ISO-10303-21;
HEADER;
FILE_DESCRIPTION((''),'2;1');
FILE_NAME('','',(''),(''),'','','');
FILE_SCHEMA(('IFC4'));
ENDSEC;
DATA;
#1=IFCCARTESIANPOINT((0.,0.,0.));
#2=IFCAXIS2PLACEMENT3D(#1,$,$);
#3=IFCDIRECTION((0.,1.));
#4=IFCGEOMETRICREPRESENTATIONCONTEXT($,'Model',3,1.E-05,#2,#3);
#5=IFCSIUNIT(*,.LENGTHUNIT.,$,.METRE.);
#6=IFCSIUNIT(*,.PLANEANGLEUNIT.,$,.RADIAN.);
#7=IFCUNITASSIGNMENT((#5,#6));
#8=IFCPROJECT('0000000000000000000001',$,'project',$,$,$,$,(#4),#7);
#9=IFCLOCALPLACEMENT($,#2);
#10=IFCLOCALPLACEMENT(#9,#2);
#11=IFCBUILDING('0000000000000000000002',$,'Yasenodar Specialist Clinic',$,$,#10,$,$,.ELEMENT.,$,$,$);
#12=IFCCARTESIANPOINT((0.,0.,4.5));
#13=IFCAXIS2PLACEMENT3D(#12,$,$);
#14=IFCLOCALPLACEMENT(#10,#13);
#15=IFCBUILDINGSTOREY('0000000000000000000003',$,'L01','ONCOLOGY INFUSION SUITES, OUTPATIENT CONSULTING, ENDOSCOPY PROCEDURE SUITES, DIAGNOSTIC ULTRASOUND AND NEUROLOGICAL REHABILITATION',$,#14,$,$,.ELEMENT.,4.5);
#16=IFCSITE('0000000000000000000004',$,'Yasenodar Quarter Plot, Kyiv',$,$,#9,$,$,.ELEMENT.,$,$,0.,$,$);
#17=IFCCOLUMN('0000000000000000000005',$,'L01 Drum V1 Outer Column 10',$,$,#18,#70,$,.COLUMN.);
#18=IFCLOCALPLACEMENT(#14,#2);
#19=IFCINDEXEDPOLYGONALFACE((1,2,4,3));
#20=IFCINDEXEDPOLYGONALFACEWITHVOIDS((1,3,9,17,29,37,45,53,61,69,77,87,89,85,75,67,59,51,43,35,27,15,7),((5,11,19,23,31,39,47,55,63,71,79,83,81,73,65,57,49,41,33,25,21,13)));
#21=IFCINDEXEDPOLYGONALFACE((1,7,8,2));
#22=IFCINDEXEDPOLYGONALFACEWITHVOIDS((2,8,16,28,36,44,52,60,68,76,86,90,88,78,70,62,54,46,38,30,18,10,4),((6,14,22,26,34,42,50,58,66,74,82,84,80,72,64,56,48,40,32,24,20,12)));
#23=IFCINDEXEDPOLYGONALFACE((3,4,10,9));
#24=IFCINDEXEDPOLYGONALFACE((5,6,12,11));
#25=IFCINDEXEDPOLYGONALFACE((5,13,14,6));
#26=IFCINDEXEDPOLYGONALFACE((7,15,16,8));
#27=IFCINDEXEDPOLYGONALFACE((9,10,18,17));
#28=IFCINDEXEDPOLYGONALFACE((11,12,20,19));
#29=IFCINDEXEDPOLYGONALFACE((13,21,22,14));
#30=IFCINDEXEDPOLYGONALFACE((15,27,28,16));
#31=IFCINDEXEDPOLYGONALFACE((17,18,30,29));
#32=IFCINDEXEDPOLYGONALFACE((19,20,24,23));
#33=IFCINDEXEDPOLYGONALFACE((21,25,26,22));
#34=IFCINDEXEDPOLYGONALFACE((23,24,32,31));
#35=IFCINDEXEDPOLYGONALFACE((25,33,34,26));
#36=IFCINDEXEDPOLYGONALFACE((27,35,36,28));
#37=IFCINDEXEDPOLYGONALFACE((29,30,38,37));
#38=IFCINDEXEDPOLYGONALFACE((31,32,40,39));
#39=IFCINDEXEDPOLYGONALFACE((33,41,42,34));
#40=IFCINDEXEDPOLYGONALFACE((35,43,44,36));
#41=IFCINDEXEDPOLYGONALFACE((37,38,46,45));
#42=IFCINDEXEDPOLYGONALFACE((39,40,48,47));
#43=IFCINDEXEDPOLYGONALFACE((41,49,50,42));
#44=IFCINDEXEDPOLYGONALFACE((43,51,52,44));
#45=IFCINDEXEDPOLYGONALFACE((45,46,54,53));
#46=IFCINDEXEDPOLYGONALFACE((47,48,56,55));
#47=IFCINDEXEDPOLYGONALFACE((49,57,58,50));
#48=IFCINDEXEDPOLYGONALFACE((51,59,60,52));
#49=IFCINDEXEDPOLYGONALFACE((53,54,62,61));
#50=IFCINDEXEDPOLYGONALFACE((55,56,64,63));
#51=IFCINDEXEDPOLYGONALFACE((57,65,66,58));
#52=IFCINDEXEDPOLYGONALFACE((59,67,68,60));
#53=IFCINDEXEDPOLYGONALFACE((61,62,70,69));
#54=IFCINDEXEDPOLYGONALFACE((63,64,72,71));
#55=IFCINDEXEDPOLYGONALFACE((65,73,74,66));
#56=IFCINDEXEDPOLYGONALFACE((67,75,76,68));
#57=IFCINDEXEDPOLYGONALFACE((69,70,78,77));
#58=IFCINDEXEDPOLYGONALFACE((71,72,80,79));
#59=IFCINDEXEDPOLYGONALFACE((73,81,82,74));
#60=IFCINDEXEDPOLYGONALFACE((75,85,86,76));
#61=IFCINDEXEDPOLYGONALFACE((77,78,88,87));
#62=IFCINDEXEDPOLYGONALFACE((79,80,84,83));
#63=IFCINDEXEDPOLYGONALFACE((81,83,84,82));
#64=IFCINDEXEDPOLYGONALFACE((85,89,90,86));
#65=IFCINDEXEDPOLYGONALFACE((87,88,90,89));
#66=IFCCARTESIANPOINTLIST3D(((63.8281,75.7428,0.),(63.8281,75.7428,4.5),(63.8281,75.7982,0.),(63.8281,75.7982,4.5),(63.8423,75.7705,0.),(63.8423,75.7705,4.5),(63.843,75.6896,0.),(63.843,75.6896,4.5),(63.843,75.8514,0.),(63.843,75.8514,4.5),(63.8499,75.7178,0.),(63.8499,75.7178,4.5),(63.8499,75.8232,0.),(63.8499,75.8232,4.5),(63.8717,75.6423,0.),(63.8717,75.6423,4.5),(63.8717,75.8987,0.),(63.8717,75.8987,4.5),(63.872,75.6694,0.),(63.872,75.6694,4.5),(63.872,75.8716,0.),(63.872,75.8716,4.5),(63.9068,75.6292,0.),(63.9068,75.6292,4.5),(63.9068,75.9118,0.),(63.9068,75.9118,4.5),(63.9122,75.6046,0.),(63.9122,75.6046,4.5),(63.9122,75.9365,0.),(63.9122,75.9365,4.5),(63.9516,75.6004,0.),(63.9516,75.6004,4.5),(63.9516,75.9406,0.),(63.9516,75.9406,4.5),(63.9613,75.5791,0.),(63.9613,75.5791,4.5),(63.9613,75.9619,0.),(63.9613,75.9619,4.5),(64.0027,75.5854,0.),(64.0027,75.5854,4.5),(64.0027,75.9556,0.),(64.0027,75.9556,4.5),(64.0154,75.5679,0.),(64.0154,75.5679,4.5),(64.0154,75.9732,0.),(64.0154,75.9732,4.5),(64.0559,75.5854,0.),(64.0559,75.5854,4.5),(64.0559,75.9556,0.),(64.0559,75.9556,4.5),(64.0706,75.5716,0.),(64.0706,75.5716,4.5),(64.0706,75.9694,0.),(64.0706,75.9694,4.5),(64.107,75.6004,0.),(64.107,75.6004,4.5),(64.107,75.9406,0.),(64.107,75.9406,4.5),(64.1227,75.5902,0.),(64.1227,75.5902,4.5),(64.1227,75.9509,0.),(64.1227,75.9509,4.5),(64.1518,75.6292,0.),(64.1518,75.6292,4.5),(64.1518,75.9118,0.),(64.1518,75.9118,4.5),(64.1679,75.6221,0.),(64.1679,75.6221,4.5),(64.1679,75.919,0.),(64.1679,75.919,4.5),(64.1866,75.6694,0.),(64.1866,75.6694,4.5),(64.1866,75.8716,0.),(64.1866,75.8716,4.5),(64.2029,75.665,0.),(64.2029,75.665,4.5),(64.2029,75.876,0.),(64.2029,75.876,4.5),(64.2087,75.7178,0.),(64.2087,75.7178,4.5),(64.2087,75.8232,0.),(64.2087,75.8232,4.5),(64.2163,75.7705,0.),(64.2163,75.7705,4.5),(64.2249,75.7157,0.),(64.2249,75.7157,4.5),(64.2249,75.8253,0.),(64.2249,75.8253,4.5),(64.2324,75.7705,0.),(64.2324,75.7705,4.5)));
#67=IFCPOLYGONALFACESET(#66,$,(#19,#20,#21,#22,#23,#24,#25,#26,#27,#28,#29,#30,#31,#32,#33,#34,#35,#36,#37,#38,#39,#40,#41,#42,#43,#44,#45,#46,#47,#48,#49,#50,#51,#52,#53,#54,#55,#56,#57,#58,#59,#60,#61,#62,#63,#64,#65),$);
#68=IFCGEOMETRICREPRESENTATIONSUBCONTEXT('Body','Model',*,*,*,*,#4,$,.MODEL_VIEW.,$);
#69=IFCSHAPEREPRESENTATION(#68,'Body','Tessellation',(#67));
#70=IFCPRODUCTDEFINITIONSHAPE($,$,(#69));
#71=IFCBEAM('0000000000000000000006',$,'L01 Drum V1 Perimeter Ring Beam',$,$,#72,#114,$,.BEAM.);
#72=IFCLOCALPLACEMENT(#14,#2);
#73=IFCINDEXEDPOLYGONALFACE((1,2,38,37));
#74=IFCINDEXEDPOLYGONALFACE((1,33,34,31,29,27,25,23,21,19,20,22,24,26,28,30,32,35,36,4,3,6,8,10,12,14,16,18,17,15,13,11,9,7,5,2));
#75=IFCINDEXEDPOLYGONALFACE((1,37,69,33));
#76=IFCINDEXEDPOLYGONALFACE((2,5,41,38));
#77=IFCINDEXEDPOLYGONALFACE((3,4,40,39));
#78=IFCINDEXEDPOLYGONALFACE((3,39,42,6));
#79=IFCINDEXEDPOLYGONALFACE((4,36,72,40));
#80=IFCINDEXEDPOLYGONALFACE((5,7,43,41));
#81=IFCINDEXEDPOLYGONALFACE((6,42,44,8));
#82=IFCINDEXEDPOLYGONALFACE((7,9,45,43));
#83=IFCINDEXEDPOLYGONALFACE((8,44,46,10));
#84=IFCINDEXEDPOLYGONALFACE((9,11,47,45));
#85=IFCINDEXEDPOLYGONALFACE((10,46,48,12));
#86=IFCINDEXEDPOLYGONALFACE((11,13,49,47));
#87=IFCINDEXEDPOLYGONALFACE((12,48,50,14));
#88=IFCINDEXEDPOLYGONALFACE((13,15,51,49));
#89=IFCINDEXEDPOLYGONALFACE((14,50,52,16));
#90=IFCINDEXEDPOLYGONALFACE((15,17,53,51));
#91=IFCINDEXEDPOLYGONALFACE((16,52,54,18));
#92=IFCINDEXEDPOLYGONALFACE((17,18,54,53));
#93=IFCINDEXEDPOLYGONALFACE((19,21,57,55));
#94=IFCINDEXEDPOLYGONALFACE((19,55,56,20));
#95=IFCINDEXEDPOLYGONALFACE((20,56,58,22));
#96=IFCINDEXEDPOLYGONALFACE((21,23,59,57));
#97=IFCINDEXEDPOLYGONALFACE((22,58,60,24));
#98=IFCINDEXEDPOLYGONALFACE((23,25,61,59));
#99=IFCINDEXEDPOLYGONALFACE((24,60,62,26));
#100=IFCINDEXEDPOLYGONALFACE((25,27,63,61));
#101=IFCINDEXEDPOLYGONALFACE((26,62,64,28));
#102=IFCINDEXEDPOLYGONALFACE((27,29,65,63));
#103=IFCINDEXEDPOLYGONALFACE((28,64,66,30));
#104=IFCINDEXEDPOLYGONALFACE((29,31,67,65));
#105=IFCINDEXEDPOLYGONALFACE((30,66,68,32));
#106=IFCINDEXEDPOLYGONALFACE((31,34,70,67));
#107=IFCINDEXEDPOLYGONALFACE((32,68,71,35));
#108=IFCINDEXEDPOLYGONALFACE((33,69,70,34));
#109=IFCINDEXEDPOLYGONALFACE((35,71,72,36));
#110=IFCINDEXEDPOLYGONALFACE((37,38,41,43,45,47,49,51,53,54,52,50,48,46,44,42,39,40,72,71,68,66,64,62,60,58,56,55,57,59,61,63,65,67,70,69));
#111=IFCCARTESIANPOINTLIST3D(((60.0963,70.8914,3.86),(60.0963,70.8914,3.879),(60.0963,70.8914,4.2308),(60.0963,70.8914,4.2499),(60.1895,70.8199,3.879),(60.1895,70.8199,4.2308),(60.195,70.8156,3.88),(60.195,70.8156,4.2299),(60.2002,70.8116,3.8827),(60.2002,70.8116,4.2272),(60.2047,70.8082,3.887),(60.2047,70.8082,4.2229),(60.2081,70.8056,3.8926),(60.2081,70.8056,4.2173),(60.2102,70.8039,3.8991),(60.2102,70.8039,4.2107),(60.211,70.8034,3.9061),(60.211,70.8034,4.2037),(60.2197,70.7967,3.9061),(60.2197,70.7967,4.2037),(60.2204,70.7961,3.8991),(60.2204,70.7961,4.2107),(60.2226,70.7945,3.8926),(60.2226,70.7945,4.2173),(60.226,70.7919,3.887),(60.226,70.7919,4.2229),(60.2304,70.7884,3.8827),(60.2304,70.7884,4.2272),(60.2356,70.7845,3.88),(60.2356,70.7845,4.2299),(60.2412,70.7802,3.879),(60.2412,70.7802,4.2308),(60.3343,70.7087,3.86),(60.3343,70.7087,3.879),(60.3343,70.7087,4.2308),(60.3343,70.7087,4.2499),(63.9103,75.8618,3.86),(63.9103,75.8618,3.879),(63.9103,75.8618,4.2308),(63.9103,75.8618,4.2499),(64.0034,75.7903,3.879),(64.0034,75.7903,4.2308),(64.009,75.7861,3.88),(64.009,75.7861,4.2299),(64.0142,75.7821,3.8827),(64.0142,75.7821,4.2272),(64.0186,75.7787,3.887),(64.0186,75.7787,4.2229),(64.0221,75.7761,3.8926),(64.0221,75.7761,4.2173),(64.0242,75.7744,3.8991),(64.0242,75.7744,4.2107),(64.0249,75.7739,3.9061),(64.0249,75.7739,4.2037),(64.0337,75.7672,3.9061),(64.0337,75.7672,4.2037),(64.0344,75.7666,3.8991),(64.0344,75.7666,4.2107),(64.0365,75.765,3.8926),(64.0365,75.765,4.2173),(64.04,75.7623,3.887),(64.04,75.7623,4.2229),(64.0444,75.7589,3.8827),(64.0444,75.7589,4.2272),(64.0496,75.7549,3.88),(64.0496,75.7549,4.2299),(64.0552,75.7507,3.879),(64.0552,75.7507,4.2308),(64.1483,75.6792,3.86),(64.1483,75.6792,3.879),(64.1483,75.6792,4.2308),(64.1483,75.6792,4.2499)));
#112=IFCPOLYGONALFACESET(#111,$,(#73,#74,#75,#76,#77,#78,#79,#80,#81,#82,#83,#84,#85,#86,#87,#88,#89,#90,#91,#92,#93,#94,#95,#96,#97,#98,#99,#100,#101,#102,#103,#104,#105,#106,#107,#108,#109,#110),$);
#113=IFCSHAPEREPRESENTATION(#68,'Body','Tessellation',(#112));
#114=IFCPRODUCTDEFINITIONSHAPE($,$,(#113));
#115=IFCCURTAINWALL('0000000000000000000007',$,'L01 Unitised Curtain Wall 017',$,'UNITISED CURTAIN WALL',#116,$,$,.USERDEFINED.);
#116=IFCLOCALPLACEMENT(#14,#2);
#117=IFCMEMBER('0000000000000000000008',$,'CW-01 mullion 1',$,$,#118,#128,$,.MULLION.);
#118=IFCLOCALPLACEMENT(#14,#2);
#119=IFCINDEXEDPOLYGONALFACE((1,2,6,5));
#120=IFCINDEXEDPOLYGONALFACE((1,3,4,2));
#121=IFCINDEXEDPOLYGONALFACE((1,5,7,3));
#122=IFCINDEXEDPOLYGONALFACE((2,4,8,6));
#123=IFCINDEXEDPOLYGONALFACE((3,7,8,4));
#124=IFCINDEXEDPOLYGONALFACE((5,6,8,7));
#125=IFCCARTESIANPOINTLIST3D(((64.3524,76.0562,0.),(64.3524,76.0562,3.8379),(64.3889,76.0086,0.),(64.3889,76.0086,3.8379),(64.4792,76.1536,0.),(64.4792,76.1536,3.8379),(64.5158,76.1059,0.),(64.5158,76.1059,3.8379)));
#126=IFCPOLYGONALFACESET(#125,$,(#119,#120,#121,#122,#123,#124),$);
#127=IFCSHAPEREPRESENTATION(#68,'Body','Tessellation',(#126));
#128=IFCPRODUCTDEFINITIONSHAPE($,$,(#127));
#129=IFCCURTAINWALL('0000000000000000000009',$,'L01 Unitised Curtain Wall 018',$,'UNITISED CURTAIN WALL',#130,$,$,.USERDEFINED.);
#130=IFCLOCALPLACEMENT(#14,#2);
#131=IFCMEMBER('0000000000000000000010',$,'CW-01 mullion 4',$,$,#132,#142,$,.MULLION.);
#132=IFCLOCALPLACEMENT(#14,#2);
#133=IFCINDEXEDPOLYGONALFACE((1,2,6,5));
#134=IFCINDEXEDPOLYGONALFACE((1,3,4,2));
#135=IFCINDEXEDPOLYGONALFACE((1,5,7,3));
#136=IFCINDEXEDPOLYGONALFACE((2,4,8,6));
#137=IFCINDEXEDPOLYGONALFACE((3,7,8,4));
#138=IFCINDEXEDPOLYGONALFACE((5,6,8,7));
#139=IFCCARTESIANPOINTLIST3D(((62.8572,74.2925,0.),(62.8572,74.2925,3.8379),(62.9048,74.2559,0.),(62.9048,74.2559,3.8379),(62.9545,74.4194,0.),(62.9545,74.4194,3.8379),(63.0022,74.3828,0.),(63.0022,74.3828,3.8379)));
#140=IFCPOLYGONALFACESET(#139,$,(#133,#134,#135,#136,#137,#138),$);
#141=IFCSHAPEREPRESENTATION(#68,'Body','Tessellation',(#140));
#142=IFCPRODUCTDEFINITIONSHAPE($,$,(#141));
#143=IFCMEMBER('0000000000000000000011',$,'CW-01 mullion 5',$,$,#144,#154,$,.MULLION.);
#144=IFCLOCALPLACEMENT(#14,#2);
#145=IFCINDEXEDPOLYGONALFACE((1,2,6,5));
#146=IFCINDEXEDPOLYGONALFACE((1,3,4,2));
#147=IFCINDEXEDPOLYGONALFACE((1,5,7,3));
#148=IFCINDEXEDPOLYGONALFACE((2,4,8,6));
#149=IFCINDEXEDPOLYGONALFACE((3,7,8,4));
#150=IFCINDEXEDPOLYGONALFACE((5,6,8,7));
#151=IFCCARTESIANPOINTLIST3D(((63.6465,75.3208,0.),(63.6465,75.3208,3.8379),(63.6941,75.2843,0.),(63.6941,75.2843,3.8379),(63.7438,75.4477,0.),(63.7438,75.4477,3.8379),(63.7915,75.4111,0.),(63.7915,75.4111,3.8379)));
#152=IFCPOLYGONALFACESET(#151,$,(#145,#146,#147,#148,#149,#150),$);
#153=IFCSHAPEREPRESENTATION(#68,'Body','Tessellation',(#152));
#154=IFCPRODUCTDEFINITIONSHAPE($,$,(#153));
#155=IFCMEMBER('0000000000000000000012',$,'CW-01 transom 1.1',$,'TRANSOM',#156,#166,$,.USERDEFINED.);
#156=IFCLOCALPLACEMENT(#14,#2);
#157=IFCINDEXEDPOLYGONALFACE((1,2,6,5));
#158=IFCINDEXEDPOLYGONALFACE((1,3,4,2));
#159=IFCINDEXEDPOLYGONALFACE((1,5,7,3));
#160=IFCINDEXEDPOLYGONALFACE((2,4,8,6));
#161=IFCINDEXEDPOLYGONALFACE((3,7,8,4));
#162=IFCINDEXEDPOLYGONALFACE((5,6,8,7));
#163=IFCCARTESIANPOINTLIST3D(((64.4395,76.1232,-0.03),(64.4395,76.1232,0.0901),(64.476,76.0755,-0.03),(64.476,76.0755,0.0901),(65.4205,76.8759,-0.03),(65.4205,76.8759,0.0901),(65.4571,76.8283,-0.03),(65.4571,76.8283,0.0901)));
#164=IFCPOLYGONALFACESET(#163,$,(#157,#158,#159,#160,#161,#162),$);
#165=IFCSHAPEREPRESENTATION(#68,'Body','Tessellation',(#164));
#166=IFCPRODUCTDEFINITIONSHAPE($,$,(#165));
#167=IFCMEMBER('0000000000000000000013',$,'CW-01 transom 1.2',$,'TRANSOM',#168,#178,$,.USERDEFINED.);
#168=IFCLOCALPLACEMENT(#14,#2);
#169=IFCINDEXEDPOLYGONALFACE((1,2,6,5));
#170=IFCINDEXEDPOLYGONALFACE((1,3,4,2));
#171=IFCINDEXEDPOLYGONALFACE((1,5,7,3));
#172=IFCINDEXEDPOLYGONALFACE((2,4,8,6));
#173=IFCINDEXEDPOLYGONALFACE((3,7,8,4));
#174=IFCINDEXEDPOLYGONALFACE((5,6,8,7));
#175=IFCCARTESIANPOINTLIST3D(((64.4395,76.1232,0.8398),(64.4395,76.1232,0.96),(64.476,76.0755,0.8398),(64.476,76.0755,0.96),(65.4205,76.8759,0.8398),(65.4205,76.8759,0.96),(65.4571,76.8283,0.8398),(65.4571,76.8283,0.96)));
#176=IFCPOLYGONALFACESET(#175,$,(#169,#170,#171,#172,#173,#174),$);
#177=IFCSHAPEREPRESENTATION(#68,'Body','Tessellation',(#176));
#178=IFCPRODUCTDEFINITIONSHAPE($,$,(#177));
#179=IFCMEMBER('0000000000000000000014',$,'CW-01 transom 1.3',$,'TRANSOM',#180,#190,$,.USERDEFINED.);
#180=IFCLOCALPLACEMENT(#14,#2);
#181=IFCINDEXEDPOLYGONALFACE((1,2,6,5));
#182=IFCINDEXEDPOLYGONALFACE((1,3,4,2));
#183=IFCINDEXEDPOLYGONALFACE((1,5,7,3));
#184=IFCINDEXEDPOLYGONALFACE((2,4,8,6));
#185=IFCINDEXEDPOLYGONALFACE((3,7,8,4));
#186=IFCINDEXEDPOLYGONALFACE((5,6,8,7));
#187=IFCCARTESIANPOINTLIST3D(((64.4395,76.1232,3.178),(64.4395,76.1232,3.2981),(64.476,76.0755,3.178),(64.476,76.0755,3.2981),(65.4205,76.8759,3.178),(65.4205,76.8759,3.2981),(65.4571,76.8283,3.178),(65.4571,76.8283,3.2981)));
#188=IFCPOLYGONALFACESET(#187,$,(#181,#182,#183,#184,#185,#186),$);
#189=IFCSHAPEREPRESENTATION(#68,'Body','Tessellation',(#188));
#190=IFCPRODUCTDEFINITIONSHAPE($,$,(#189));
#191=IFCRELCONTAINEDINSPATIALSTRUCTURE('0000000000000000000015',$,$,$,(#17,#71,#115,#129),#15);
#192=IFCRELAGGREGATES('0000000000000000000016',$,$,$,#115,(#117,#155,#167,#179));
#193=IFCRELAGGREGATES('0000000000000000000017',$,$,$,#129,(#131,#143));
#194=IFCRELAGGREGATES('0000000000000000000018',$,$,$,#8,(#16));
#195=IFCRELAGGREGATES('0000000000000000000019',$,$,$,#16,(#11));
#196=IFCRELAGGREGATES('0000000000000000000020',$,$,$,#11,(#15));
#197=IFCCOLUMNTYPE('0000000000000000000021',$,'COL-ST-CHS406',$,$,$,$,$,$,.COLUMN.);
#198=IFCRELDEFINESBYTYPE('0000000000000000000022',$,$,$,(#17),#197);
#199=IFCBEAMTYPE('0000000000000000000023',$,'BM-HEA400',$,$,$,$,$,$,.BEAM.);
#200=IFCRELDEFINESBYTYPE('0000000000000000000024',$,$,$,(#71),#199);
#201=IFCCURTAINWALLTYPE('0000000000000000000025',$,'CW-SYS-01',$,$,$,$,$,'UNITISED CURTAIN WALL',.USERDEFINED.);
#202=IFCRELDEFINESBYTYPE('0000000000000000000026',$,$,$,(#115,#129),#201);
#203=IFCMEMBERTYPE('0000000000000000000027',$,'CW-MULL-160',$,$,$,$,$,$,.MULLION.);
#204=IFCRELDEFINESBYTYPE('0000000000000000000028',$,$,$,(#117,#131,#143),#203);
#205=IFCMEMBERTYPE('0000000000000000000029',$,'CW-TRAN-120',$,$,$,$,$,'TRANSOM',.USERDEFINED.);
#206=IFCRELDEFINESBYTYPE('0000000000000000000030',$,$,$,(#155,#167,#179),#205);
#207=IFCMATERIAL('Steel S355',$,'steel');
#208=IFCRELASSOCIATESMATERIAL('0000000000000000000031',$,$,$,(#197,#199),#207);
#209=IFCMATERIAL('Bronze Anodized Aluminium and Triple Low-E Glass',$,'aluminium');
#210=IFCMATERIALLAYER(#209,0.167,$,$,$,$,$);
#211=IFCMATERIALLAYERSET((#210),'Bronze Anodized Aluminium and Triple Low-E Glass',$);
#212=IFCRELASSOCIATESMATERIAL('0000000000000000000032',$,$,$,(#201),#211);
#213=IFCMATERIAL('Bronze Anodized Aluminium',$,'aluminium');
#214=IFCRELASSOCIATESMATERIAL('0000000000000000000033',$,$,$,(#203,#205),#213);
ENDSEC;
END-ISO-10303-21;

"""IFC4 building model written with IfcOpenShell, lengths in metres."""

from ifc_helpers import new_model, si_unit, direction, frame, origin, origin_2d, place, context, subcontext, project, spatial, rectangle, hollow_circle, i_section, extrude, material, layer, layer_set, material_profile, profile_set, type_object, element, aggregate, save


model = new_model("IFC4")

# Units and contexts
model_context = context("Model", 3, precision=1e-05, world=origin(), true_north=direction((0.0, 1.0)))
body_context = subcontext(model_context, "Body", "Model", "MODEL_VIEW")
ifc_project = project(units=[si_unit("LENGTHUNIT", "METRE"), si_unit("PLANEANGLEUNIT", "RADIAN")], contexts=[model_context])

# Site, building, storey
site_placement = place(None, origin())
site = spatial("IfcSite", under=ifc_project, at=site_placement, Name="Yasenodar Quarter Plot, Kyiv", CompositionType="ELEMENT", RefElevation=0.0)
building_placement = place(site_placement, origin())
building = spatial("IfcBuilding", under=site, at=building_placement, Name="Yasenodar Specialist Clinic", CompositionType="ELEMENT")
storey_placement = place(building_placement, frame((0.0, 0.0, 4.5)))
storey = spatial("IfcBuildingStorey", under=building, at=storey_placement, Name="L01", Description="ONCOLOGY INFUSION SUITES, OUTPATIENT CONSULTING, ENDOSCOPY PROCEDURE SUITES, DIAGNOSTIC ULTRASOUND AND NEUROLOGICAL REHABILITATION", CompositionType="ELEMENT", Elevation=4.5)

# Column
ifc_material_1 = material(Name="Steel S355", Category="steel")
ifc_material_profile_1 = material_profile(ifc_material_1, hollow_circle(Radius=0.2031, WallThickness=0.0161, at=origin_2d()), Name="CHS 406.4x16")
ifc_profile_set_1 = profile_set([ifc_material_profile_1], Name="Steel S355")
column_type = type_object("IfcColumnType", Name="COL-ST-CHS406", PredefinedType="COLUMN", material=ifc_profile_set_1)
column_placement = place(storey_placement, frame((64.0293, 75.7705, 0.0), z_axis=(0.0, 0.0, 1.0), x_axis=(1.0, 0.0, 0.0)))
element("IfcColumn", 1, at=column_placement, inside=storey, type_object=column_type, Name="L01 Drum V1 Outer Column 10", PredefinedType="COLUMN", context=body_context, shape_type="SweptSolid", body=[
    extrude(hollow_circle(Radius=0.2031, WallThickness=0.0161, at=origin_2d()), origin(), (0.0, 0.0, 1.0), 4.5),
])

# Beam
ifc_material_profile_2 = material_profile(ifc_material_1, i_section(OverallWidth=0.3, OverallDepth=0.3899, WebThickness=0.011, FlangeThickness=0.019, FilletRadius=0.0271, at=origin_2d()), Name="HEA 400")
ifc_profile_set_2 = profile_set([ifc_material_profile_2], Name="Steel S355")
beam_type = type_object("IfcBeamType", Name="BM-HEA400", PredefinedType="BEAM", material=ifc_profile_set_2)
beam_placement = place(storey_placement, frame((64.0293, 75.7705, 4.0549), z_axis=(-0.608761, -0.793354, 0.0), x_axis=(0.793354, -0.608761, 0.0)))
element("IfcBeam", 2, at=beam_placement, inside=storey, type_object=beam_type, Name="L01 Drum V1 Perimeter Ring Beam", PredefinedType="BEAM", context=body_context, shape_type="SweptSolid", body=[
    extrude(i_section(OverallWidth=0.3, OverallDepth=0.3899, WebThickness=0.011, FlangeThickness=0.019, FilletRadius=0.0271, at=origin_2d()), origin(), (0.0, 0.0, 1.0), 6.2651),
])

# Curtain wall, member
ifc_material_2 = material(Name="Bronze Anodized Aluminium and Triple Low-E Glass", Category="aluminium")
ifc_layer_1 = layer(ifc_material_2, 0.167)
ifc_layer_set_1 = layer_set([ifc_layer_1], Name="Bronze Anodized Aluminium and Triple Low-E Glass")
curtain_wall_type = type_object("IfcCurtainWallType", Name="CW-SYS-01", ElementType="UNITISED CURTAIN WALL", PredefinedType="USERDEFINED", material=ifc_layer_set_1)
curtain_wall_1_placement = place(storey_placement, origin())
curtain_wall_1 = element("IfcCurtainWall", 3, at=curtain_wall_1_placement, inside=storey, type_object=curtain_wall_type, Name="L01 Unitised Curtain Wall 017", ObjectType="UNITISED CURTAIN WALL", PredefinedType="USERDEFINED")
ifc_material_3 = material(Name="Bronze Anodized Aluminium", Category="aluminium")
ifc_material_profile_3 = material_profile(ifc_material_3, rectangle(XDim=0.0601, YDim=0.1599, at=origin_2d()), Name="CW-MULL 60x160")
ifc_profile_set_3 = profile_set([ifc_material_profile_3], Name="Bronze Anodized Aluminium")
member_type_1 = type_object("IfcMemberType", Name="CW-MULL-160", PredefinedType="MULLION", material=ifc_profile_set_3)
member_1_placement = place(storey_placement, frame((64.4341, 76.0811, 0.0), z_axis=(0.0, 0.0, 1.0), x_axis=(-0.608752, 0.793361, 0.0)))
member_1 = element("IfcMember", 4, at=member_1_placement, type_object=member_type_1, Name="CW-01 mullion 1", PredefinedType="MULLION", context=body_context, shape_type="SweptSolid", body=[
    extrude(rectangle(XDim=0.0601, YDim=0.1599, at=origin_2d()), origin(), (0.0, 0.0, 1.0), 3.8379),
])

# Curtain wall, members
curtain_wall_2_placement = place(storey_placement, origin())
curtain_wall_2 = element("IfcCurtainWall", 5, at=curtain_wall_2_placement, inside=storey, type_object=curtain_wall_type, Name="L01 Unitised Curtain Wall 018", ObjectType="UNITISED CURTAIN WALL", PredefinedType="USERDEFINED")
member_2_placement = place(storey_placement, frame((62.9297, 74.3376, 0.0), z_axis=(0.0, 0.0, 1.0), x_axis=(-0.793361, 0.608752, 0.0)))
member_2 = element("IfcMember", 6, at=member_2_placement, type_object=member_type_1, Name="CW-01 mullion 4", PredefinedType="MULLION", context=body_context, shape_type="SweptSolid", body=[
    extrude(rectangle(XDim=0.0601, YDim=0.1599, at=origin_2d()), origin(), (0.0, 0.0, 1.0), 3.8379),
])
member_3_placement = place(storey_placement, frame((63.719, 75.366, 0.0), z_axis=(0.0, 0.0, 1.0), x_axis=(-0.793361, 0.608752, 0.0)))
member_3 = element("IfcMember", 7, at=member_3_placement, type_object=member_type_1, Name="CW-01 mullion 5", PredefinedType="MULLION", context=body_context, shape_type="SweptSolid", body=[
    extrude(rectangle(XDim=0.0601, YDim=0.1599, at=origin_2d()), origin(), (0.0, 0.0, 1.0), 3.8379),
])

# Members
ifc_material_profile_4 = material_profile(ifc_material_3, rectangle(XDim=0.0601, YDim=0.1201, at=origin_2d()), Name="CW-TRAN 60x120")
ifc_profile_set_4 = profile_set([ifc_material_profile_4], Name="Bronze Anodized Aluminium")
member_type_2 = type_object("IfcMemberType", Name="CW-TRAN-120", ElementType="TRANSOM", PredefinedType="USERDEFINED", material=ifc_profile_set_4)
member_4_placement = place(storey_placement, frame((64.4578, 76.0994, 0.03), z_axis=(0.793365, 0.608747, 0.0), x_axis=(-0.608747, 0.793365, 0.0)))
member_4 = element("IfcMember", 8, at=member_4_placement, type_object=member_type_2, Name="CW-01 transom 1.1", ObjectType="TRANSOM", PredefinedType="USERDEFINED", context=body_context, shape_type="SweptSolid", body=[
    extrude(rectangle(XDim=0.0601, YDim=0.1201, at=origin_2d()), origin(), (0.0, 0.0, 1.0), 1.2366),
])
member_5_placement = place(storey_placement, frame((64.4578, 76.0994, 0.8999), z_axis=(0.793365, 0.608747, 0.0), x_axis=(-0.608747, 0.793365, 0.0)))
member_5 = element("IfcMember", 9, at=member_5_placement, type_object=member_type_2, Name="CW-01 transom 1.2", ObjectType="TRANSOM", PredefinedType="USERDEFINED", context=body_context, shape_type="SweptSolid", body=[
    extrude(rectangle(XDim=0.0601, YDim=0.1201, at=origin_2d()), origin(), (0.0, 0.0, 1.0), 1.2366),
])
member_6_placement = place(storey_placement, frame((64.4578, 76.0994, 3.238), z_axis=(0.793365, 0.608747, 0.0), x_axis=(-0.608747, 0.793365, 0.0)))
member_6 = element("IfcMember", 10, at=member_6_placement, type_object=member_type_2, Name="CW-01 transom 1.3", ObjectType="TRANSOM", PredefinedType="USERDEFINED", context=body_context, shape_type="SweptSolid", body=[
    extrude(rectangle(XDim=0.0601, YDim=0.1201, at=origin_2d()), origin(), (0.0, 0.0, 1.0), 1.2366),
])

aggregate(curtain_wall_1, [member_1, member_4, member_5, member_6])
aggregate(curtain_wall_2, [member_2, member_3])

save(model, "model.ifc")
